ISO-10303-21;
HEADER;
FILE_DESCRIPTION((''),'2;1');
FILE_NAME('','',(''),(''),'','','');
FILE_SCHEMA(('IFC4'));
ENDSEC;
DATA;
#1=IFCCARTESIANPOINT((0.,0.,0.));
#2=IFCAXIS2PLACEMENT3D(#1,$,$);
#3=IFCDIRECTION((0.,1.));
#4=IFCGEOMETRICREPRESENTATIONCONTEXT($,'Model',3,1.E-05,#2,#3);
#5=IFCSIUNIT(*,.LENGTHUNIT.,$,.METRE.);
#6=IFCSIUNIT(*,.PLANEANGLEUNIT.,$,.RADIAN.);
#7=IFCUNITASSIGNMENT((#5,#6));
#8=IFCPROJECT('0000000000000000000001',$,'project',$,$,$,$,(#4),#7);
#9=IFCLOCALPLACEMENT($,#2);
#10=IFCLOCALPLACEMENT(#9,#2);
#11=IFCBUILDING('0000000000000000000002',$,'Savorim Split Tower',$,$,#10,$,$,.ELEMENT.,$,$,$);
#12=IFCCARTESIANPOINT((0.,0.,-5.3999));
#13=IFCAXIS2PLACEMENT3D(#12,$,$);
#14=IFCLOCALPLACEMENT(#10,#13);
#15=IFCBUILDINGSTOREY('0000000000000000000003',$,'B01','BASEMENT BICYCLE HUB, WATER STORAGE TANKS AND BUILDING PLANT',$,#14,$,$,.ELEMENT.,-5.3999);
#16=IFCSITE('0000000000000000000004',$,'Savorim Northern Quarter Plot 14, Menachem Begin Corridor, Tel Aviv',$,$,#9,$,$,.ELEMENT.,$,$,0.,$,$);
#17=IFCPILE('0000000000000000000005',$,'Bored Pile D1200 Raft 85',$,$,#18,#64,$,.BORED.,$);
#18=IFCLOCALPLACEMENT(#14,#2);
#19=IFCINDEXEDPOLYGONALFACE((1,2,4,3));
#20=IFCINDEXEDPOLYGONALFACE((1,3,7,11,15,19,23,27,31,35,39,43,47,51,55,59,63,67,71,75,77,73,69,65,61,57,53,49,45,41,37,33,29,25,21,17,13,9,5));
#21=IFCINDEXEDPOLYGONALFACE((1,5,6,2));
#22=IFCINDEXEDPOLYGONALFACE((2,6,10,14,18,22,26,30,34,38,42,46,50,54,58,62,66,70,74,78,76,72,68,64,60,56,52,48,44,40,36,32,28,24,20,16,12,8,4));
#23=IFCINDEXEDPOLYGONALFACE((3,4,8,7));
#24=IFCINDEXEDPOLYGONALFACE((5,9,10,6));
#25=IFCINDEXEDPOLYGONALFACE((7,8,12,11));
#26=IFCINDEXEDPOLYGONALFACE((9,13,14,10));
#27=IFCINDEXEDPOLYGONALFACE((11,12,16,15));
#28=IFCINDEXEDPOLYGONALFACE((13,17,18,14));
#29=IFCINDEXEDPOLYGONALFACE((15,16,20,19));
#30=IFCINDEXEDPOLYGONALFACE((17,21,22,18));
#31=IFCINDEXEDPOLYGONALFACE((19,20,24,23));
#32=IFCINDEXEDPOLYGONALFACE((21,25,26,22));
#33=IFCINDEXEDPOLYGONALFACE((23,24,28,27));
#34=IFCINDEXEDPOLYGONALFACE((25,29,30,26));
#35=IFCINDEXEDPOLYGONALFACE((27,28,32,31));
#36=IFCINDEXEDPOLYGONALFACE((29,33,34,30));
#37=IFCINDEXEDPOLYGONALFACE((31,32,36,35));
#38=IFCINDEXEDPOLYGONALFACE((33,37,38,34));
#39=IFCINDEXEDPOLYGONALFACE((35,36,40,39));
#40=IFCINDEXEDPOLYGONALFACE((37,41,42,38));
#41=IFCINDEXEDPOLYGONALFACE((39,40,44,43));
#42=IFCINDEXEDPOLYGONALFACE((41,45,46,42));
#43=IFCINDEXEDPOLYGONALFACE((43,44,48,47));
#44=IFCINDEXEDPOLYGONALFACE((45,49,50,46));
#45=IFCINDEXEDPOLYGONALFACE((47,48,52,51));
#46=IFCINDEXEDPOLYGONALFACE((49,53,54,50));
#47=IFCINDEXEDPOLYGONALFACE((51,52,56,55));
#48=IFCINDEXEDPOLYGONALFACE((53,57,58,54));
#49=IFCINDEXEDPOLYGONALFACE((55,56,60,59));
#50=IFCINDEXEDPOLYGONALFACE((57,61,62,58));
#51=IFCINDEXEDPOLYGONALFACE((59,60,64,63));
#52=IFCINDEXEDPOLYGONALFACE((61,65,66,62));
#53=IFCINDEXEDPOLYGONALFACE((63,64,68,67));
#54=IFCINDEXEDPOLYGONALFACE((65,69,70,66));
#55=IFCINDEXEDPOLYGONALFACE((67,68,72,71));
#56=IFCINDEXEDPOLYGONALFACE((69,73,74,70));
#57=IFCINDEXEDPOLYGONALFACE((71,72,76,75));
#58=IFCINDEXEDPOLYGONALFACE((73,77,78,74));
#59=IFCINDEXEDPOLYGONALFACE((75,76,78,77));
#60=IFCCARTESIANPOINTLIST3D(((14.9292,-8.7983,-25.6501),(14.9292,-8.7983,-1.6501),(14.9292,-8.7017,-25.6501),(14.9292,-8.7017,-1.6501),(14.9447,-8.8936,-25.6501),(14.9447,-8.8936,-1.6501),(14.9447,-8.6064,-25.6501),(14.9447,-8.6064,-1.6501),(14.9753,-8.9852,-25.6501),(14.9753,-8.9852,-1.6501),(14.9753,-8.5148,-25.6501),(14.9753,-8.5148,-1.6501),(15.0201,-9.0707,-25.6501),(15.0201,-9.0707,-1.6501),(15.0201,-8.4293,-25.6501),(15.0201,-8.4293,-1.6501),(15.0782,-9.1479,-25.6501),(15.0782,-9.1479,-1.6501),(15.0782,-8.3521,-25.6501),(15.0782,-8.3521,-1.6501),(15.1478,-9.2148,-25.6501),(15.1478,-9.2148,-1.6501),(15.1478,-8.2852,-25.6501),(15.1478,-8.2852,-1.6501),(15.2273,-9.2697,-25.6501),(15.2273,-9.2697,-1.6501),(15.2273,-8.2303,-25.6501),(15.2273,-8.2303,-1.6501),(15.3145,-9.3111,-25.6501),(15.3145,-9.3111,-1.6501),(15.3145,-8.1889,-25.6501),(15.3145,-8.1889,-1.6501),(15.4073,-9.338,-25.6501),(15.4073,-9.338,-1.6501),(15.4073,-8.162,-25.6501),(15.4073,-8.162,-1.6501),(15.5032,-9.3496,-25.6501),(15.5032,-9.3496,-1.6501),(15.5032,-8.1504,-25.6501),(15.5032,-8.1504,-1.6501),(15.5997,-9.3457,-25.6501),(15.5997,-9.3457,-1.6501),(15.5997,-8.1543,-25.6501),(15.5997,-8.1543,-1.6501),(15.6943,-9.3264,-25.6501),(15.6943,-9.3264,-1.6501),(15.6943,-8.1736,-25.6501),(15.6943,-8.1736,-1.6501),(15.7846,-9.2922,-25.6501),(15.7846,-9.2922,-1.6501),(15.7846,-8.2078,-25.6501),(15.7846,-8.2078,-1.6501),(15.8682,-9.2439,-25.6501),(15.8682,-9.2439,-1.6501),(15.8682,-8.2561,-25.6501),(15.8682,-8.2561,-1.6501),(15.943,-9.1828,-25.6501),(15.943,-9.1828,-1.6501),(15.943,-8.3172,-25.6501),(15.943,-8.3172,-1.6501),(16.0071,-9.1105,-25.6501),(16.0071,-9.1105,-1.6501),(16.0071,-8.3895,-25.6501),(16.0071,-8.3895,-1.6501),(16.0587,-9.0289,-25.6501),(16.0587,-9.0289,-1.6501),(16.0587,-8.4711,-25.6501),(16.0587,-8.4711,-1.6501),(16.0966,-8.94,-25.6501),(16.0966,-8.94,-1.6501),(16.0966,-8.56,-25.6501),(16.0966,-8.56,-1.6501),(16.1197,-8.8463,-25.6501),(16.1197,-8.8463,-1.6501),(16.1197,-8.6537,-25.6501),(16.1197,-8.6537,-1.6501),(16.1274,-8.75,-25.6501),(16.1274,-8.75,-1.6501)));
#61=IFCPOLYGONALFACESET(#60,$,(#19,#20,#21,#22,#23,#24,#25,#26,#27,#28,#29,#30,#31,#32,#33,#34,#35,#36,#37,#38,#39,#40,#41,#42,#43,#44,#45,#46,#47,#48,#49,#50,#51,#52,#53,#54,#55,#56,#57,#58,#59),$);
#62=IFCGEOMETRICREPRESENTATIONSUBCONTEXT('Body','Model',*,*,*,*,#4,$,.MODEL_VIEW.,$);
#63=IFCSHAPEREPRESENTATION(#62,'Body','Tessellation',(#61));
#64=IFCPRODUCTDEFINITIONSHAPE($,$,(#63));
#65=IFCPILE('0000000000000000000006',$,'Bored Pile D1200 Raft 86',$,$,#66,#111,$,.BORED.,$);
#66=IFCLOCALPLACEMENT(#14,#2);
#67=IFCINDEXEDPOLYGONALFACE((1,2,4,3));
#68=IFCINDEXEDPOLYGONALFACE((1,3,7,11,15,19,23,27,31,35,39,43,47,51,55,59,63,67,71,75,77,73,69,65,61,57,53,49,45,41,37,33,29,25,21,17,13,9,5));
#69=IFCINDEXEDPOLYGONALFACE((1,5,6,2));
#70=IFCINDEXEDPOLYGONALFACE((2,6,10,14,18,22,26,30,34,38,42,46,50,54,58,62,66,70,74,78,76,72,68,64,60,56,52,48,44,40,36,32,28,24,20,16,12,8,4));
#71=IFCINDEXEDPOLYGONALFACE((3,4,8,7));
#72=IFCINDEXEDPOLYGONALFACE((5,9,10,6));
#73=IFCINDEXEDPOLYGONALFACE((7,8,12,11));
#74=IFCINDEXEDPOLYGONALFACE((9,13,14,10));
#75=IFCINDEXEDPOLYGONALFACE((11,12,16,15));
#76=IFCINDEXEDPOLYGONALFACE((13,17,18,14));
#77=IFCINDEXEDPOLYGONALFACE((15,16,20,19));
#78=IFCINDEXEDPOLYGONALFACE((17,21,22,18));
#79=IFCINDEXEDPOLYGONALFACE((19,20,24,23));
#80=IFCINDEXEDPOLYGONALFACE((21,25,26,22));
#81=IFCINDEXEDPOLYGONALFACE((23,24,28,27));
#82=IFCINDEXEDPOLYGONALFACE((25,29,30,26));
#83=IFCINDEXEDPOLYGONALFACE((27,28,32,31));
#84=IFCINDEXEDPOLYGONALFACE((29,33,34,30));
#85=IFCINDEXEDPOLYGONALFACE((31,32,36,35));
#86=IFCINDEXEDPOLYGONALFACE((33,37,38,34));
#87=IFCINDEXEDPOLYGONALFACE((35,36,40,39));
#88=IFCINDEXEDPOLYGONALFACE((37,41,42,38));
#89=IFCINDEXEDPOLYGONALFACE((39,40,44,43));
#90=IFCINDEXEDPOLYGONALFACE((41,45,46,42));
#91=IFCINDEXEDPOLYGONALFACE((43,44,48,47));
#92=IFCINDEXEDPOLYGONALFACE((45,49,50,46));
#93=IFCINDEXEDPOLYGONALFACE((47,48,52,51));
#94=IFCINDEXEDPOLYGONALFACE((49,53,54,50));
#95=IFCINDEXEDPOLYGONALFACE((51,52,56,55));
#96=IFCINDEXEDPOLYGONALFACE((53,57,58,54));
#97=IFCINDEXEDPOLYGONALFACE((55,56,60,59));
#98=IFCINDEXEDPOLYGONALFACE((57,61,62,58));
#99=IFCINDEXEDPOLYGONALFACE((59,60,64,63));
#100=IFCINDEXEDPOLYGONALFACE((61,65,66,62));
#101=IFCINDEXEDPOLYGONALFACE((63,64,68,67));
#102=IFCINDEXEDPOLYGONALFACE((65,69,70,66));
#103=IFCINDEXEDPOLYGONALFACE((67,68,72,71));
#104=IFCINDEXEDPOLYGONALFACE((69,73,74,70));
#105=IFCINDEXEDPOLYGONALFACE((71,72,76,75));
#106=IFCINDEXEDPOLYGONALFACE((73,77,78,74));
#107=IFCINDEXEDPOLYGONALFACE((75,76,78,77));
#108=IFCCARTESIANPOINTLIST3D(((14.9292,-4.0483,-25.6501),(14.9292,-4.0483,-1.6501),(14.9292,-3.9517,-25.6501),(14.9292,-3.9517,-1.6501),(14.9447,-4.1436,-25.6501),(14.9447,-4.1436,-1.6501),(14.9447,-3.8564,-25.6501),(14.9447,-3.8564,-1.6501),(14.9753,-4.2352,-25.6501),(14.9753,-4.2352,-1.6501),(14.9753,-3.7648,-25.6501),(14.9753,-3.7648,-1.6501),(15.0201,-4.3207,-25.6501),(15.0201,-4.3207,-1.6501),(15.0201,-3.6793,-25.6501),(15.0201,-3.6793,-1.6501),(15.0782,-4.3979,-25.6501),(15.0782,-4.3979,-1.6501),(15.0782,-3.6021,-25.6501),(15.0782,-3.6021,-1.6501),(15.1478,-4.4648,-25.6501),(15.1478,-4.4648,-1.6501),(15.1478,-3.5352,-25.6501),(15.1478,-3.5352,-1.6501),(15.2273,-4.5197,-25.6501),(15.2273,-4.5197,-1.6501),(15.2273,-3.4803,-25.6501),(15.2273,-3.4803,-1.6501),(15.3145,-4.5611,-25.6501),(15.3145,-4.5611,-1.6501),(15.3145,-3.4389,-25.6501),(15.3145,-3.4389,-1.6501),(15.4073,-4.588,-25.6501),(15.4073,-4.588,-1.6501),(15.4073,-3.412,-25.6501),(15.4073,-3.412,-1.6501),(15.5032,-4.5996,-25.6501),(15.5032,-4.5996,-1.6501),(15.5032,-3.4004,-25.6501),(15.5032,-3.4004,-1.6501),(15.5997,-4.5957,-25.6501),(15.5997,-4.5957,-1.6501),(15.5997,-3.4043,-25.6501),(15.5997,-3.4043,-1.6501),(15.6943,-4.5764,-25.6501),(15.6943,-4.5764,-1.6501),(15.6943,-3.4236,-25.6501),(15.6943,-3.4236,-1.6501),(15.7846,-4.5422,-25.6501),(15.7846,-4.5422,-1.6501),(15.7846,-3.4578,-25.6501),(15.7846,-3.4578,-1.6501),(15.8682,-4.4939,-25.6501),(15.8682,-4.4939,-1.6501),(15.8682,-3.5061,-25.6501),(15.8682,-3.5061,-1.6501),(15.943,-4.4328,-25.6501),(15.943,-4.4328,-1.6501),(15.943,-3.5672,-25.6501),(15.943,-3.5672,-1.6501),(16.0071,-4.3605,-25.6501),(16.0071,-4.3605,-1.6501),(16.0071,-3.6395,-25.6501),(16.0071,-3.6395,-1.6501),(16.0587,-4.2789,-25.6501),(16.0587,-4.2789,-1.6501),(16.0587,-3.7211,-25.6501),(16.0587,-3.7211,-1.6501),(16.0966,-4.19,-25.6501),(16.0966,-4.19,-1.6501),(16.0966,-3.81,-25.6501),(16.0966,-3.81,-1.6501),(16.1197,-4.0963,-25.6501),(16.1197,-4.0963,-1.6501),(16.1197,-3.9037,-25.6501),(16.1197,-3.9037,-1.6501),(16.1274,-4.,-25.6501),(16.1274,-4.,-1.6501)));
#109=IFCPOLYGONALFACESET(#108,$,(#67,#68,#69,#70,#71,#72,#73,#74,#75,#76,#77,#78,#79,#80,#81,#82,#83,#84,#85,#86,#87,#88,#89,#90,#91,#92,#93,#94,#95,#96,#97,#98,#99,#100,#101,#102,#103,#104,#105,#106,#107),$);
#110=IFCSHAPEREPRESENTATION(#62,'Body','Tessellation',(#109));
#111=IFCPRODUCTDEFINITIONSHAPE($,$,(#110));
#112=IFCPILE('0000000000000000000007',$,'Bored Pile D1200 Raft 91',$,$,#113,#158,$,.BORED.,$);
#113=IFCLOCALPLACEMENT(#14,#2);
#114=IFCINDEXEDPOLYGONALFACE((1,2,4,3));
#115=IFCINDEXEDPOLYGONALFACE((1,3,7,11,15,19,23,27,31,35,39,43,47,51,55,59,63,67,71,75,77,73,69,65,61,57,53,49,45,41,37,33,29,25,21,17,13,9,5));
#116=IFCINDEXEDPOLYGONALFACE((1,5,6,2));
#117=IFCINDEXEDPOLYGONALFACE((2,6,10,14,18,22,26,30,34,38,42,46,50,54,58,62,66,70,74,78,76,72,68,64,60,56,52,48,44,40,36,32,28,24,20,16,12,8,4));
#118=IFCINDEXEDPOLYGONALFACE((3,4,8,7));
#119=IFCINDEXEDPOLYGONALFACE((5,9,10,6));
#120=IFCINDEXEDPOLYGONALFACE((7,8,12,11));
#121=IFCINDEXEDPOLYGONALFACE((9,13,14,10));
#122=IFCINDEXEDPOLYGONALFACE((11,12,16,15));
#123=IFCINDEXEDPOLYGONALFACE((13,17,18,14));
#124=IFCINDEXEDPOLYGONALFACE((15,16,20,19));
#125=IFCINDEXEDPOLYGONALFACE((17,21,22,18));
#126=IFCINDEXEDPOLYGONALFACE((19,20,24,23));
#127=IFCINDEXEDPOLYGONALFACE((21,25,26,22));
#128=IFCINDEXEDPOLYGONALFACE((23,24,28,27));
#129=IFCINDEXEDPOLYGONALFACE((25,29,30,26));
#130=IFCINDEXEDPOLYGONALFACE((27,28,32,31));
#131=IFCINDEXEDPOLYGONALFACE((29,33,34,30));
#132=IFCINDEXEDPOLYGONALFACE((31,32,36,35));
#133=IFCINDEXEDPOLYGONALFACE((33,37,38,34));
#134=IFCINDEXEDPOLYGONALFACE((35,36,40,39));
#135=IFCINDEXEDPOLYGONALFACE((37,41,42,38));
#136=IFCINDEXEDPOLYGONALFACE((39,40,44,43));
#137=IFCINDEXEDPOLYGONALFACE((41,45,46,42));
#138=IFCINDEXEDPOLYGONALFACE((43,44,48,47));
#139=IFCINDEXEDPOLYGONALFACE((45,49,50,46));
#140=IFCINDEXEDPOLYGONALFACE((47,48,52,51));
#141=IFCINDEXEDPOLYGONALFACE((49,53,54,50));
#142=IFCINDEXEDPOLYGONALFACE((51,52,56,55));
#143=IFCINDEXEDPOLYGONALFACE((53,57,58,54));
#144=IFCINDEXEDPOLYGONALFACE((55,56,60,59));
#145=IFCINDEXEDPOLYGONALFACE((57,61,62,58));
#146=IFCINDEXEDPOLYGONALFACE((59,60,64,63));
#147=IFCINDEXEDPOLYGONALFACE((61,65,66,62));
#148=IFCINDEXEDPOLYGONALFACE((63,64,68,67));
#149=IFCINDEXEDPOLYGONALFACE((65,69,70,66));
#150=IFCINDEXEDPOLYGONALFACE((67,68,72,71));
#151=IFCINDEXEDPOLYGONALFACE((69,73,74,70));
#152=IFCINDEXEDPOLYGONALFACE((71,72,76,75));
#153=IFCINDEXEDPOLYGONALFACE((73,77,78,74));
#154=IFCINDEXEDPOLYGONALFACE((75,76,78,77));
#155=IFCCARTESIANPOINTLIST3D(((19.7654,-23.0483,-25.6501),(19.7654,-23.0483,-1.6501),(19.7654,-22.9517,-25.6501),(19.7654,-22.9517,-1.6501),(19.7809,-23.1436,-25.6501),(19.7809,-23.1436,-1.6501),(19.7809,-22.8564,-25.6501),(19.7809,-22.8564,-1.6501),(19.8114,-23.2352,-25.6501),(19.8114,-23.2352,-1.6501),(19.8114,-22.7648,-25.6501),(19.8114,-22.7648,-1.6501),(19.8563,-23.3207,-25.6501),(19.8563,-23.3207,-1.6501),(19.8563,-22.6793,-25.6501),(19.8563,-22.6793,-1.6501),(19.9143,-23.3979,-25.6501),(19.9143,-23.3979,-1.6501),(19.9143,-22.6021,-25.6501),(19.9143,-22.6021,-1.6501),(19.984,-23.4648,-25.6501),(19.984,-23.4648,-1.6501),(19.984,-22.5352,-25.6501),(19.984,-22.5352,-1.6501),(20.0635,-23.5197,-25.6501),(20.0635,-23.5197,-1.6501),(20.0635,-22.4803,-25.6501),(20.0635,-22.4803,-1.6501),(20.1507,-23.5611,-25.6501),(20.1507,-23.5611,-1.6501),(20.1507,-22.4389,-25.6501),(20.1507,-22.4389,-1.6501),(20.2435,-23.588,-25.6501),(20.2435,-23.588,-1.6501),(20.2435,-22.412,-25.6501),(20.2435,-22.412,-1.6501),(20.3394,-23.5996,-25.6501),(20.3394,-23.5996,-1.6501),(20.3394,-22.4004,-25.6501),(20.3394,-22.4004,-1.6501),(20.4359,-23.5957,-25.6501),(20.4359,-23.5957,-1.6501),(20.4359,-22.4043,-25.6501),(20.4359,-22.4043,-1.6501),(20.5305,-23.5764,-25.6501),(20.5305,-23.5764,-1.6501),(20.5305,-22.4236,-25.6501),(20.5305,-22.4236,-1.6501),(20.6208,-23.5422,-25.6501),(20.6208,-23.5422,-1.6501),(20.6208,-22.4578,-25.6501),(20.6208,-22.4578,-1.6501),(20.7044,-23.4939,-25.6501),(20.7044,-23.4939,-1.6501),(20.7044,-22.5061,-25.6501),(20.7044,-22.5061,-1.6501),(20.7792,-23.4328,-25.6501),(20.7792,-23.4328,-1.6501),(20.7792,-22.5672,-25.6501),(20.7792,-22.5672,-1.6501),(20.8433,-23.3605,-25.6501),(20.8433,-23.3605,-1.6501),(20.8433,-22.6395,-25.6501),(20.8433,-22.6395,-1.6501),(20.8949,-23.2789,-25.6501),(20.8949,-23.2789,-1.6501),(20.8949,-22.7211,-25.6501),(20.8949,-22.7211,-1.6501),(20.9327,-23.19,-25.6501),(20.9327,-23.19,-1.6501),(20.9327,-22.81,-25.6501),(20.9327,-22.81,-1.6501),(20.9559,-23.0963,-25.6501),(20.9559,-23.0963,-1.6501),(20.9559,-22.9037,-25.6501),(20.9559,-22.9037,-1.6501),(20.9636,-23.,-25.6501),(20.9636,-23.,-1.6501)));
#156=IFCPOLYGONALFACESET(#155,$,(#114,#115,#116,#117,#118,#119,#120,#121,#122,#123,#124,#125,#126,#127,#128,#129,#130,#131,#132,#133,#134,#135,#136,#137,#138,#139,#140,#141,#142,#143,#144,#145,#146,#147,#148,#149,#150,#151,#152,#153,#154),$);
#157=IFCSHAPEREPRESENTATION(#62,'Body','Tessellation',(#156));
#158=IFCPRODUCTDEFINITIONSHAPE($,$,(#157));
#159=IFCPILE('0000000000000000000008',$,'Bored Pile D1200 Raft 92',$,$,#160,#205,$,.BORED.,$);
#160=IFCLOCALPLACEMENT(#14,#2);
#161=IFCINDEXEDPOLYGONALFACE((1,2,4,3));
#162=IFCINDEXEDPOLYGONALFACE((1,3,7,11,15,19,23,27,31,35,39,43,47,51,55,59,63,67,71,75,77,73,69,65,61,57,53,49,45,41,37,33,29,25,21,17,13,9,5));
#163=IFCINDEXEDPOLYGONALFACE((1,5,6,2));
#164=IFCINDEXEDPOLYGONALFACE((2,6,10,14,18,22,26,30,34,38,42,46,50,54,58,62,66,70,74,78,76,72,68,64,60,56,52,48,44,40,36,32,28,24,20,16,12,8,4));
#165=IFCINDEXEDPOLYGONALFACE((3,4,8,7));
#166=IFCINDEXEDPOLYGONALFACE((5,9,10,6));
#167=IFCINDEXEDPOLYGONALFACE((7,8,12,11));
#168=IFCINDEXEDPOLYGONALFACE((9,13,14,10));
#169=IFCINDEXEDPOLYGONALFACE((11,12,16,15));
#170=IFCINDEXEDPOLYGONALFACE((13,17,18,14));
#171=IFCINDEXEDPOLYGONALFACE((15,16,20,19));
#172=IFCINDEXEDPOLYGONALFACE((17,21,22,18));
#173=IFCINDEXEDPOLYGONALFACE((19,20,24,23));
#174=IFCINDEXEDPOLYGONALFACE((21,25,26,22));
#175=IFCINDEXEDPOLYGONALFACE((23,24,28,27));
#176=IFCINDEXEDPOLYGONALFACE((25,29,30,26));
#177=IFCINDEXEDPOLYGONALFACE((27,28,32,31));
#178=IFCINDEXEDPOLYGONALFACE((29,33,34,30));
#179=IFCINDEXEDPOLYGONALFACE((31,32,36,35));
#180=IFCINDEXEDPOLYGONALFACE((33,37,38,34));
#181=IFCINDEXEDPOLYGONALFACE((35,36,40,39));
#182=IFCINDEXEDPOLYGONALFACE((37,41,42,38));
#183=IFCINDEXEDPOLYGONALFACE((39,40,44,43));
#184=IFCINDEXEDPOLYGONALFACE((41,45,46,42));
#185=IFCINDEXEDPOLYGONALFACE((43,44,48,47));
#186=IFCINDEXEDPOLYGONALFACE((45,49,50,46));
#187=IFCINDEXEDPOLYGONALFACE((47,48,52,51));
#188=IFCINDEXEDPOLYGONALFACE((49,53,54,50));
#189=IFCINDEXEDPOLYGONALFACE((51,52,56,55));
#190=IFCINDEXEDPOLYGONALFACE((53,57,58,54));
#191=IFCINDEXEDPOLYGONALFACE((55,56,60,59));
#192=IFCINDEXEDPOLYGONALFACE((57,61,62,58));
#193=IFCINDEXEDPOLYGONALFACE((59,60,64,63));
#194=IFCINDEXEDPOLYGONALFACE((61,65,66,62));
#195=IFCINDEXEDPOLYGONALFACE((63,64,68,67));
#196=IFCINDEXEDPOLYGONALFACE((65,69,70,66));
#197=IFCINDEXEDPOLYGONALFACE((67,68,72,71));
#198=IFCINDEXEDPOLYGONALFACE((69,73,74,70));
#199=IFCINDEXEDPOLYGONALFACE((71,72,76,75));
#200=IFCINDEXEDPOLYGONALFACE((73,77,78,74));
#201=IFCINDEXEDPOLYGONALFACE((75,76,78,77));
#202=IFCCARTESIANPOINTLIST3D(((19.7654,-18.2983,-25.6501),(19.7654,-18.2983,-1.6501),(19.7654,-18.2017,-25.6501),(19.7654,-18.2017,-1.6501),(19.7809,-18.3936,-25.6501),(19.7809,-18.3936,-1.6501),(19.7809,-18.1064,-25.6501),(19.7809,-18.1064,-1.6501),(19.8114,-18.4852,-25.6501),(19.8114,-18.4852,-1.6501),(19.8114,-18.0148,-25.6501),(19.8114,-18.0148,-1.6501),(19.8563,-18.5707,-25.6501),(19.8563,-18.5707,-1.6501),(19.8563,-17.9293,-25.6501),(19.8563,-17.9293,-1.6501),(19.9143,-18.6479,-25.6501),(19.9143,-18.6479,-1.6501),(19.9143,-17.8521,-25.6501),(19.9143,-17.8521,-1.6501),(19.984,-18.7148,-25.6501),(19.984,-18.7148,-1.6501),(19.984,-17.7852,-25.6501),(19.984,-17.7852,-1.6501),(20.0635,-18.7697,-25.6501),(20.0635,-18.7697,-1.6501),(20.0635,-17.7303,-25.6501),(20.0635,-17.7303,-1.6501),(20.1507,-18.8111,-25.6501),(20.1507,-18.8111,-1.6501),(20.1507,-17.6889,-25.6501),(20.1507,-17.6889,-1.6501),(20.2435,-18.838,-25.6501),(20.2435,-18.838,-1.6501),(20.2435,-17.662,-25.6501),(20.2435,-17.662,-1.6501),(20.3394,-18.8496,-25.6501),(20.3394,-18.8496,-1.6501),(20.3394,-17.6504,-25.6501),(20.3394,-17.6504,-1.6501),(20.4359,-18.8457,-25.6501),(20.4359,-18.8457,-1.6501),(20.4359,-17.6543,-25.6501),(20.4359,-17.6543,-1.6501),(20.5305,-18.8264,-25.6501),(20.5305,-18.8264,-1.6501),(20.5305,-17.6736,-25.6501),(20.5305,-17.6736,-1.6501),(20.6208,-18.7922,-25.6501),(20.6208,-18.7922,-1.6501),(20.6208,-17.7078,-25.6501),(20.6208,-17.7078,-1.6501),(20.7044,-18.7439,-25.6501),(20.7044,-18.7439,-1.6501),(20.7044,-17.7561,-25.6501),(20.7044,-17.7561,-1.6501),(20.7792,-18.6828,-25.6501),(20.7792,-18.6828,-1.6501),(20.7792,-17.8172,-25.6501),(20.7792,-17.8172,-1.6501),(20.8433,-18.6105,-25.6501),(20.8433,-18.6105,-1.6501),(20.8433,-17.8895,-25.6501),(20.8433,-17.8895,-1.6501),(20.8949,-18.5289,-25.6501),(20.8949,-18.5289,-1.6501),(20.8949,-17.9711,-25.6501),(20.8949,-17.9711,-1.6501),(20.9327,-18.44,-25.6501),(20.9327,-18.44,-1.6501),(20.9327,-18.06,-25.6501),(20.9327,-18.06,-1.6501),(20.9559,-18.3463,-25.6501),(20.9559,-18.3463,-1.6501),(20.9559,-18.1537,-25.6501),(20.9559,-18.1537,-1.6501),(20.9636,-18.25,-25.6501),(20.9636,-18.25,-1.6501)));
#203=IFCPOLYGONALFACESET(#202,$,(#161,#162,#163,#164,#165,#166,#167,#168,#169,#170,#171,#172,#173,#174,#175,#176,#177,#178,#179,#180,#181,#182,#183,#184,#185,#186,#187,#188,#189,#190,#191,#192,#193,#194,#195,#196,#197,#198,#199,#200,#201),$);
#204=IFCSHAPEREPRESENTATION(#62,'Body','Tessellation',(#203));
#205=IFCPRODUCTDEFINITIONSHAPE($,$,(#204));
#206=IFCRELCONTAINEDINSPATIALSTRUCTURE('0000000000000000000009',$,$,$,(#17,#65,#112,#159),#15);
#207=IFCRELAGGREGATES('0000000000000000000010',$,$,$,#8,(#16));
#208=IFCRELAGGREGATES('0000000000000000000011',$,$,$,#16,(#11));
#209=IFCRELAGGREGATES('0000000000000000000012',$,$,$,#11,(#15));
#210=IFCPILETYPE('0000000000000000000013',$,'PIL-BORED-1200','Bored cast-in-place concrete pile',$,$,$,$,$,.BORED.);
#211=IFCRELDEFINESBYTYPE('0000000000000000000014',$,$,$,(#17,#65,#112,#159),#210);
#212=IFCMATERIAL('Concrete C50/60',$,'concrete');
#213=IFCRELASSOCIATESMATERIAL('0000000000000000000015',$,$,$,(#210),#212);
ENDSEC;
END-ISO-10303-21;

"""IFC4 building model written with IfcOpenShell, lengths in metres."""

from ifc_helpers import new_model, si_unit, direction, frame, origin, origin_2d, place, context, subcontext, project, spatial, circle, extrude, material, material_profile, profile_set, type_object, element, save


model = new_model("IFC4")

# Units and contexts
model_context = context("Model", 3, precision=1e-05, world=origin(), true_north=direction((0.0, 1.0)))
body_context = subcontext(model_context, "Body", "Model", "MODEL_VIEW")
ifc_project = project(units=[si_unit("LENGTHUNIT", "METRE"), si_unit("PLANEANGLEUNIT", "RADIAN")], contexts=[model_context])

# Site, building, storey
site_placement = place(None, origin())
site = spatial("IfcSite", under=ifc_project, at=site_placement, Name="Savorim Northern Quarter Plot 14, Menachem Begin Corridor, Tel Aviv", CompositionType="ELEMENT", RefElevation=0.0)
building_placement = place(site_placement, origin())
building = spatial("IfcBuilding", under=site, at=building_placement, Name="Savorim Split Tower", CompositionType="ELEMENT")
storey_placement = place(building_placement, frame((0.0, 0.0, -5.3999)))
storey = spatial("IfcBuildingStorey", under=building, at=storey_placement, Name="B01", Description="BASEMENT BICYCLE HUB, WATER STORAGE TANKS AND BUILDING PLANT", CompositionType="ELEMENT", Elevation=-5.3999)

# Piles
ifc_material_1 = material(Name="Concrete C50/60", Category="concrete")
ifc_material_profile_1 = material_profile(ifc_material_1, circle(Radius=0.6001, at=origin_2d()), Name="PILE D1200")
ifc_profile_set_1 = profile_set([ifc_material_profile_1], Name="Concrete C50/60")
pile_type = type_object("IfcPileType", Name="PIL-BORED-1200", Description="Bored cast-in-place concrete pile", PredefinedType="BORED", material=ifc_profile_set_1)
for number, where, z_axis, x_axis, name in (
    (1, (15.5273, -8.75, -1.6501), (0.0, 0.0, -1.0), (1.0, 0.0, 0.0), "Bored Pile D1200 Raft 85"),
    (2, (15.5273, -4.0, -1.6501), (0.0, 0.0, -1.0), (1.0, 0.0, 0.0), "Bored Pile D1200 Raft 86"),
    (3, (20.3635, -23.0, -1.6501), (0.0, 0.0, -1.0), (1.0, 0.0, 0.0), "Bored Pile D1200 Raft 91"),
    (4, (20.3635, -18.25, -1.6501), (0.0, 0.0, -1.0), (1.0, 0.0, 0.0), "Bored Pile D1200 Raft 92"),
):
    element("IfcPile", number, at=place(storey_placement, frame(where, z_axis=z_axis, x_axis=x_axis)), inside=storey, type_object=pile_type, Name=name, PredefinedType="BORED", context=body_context, shape_type="SweptSolid", body=[
        extrude(circle(Radius=0.6001, at=origin_2d()), origin(), (0.0, 0.0, 1.0), 24.0),
    ])

save(model, "model.ifc")
